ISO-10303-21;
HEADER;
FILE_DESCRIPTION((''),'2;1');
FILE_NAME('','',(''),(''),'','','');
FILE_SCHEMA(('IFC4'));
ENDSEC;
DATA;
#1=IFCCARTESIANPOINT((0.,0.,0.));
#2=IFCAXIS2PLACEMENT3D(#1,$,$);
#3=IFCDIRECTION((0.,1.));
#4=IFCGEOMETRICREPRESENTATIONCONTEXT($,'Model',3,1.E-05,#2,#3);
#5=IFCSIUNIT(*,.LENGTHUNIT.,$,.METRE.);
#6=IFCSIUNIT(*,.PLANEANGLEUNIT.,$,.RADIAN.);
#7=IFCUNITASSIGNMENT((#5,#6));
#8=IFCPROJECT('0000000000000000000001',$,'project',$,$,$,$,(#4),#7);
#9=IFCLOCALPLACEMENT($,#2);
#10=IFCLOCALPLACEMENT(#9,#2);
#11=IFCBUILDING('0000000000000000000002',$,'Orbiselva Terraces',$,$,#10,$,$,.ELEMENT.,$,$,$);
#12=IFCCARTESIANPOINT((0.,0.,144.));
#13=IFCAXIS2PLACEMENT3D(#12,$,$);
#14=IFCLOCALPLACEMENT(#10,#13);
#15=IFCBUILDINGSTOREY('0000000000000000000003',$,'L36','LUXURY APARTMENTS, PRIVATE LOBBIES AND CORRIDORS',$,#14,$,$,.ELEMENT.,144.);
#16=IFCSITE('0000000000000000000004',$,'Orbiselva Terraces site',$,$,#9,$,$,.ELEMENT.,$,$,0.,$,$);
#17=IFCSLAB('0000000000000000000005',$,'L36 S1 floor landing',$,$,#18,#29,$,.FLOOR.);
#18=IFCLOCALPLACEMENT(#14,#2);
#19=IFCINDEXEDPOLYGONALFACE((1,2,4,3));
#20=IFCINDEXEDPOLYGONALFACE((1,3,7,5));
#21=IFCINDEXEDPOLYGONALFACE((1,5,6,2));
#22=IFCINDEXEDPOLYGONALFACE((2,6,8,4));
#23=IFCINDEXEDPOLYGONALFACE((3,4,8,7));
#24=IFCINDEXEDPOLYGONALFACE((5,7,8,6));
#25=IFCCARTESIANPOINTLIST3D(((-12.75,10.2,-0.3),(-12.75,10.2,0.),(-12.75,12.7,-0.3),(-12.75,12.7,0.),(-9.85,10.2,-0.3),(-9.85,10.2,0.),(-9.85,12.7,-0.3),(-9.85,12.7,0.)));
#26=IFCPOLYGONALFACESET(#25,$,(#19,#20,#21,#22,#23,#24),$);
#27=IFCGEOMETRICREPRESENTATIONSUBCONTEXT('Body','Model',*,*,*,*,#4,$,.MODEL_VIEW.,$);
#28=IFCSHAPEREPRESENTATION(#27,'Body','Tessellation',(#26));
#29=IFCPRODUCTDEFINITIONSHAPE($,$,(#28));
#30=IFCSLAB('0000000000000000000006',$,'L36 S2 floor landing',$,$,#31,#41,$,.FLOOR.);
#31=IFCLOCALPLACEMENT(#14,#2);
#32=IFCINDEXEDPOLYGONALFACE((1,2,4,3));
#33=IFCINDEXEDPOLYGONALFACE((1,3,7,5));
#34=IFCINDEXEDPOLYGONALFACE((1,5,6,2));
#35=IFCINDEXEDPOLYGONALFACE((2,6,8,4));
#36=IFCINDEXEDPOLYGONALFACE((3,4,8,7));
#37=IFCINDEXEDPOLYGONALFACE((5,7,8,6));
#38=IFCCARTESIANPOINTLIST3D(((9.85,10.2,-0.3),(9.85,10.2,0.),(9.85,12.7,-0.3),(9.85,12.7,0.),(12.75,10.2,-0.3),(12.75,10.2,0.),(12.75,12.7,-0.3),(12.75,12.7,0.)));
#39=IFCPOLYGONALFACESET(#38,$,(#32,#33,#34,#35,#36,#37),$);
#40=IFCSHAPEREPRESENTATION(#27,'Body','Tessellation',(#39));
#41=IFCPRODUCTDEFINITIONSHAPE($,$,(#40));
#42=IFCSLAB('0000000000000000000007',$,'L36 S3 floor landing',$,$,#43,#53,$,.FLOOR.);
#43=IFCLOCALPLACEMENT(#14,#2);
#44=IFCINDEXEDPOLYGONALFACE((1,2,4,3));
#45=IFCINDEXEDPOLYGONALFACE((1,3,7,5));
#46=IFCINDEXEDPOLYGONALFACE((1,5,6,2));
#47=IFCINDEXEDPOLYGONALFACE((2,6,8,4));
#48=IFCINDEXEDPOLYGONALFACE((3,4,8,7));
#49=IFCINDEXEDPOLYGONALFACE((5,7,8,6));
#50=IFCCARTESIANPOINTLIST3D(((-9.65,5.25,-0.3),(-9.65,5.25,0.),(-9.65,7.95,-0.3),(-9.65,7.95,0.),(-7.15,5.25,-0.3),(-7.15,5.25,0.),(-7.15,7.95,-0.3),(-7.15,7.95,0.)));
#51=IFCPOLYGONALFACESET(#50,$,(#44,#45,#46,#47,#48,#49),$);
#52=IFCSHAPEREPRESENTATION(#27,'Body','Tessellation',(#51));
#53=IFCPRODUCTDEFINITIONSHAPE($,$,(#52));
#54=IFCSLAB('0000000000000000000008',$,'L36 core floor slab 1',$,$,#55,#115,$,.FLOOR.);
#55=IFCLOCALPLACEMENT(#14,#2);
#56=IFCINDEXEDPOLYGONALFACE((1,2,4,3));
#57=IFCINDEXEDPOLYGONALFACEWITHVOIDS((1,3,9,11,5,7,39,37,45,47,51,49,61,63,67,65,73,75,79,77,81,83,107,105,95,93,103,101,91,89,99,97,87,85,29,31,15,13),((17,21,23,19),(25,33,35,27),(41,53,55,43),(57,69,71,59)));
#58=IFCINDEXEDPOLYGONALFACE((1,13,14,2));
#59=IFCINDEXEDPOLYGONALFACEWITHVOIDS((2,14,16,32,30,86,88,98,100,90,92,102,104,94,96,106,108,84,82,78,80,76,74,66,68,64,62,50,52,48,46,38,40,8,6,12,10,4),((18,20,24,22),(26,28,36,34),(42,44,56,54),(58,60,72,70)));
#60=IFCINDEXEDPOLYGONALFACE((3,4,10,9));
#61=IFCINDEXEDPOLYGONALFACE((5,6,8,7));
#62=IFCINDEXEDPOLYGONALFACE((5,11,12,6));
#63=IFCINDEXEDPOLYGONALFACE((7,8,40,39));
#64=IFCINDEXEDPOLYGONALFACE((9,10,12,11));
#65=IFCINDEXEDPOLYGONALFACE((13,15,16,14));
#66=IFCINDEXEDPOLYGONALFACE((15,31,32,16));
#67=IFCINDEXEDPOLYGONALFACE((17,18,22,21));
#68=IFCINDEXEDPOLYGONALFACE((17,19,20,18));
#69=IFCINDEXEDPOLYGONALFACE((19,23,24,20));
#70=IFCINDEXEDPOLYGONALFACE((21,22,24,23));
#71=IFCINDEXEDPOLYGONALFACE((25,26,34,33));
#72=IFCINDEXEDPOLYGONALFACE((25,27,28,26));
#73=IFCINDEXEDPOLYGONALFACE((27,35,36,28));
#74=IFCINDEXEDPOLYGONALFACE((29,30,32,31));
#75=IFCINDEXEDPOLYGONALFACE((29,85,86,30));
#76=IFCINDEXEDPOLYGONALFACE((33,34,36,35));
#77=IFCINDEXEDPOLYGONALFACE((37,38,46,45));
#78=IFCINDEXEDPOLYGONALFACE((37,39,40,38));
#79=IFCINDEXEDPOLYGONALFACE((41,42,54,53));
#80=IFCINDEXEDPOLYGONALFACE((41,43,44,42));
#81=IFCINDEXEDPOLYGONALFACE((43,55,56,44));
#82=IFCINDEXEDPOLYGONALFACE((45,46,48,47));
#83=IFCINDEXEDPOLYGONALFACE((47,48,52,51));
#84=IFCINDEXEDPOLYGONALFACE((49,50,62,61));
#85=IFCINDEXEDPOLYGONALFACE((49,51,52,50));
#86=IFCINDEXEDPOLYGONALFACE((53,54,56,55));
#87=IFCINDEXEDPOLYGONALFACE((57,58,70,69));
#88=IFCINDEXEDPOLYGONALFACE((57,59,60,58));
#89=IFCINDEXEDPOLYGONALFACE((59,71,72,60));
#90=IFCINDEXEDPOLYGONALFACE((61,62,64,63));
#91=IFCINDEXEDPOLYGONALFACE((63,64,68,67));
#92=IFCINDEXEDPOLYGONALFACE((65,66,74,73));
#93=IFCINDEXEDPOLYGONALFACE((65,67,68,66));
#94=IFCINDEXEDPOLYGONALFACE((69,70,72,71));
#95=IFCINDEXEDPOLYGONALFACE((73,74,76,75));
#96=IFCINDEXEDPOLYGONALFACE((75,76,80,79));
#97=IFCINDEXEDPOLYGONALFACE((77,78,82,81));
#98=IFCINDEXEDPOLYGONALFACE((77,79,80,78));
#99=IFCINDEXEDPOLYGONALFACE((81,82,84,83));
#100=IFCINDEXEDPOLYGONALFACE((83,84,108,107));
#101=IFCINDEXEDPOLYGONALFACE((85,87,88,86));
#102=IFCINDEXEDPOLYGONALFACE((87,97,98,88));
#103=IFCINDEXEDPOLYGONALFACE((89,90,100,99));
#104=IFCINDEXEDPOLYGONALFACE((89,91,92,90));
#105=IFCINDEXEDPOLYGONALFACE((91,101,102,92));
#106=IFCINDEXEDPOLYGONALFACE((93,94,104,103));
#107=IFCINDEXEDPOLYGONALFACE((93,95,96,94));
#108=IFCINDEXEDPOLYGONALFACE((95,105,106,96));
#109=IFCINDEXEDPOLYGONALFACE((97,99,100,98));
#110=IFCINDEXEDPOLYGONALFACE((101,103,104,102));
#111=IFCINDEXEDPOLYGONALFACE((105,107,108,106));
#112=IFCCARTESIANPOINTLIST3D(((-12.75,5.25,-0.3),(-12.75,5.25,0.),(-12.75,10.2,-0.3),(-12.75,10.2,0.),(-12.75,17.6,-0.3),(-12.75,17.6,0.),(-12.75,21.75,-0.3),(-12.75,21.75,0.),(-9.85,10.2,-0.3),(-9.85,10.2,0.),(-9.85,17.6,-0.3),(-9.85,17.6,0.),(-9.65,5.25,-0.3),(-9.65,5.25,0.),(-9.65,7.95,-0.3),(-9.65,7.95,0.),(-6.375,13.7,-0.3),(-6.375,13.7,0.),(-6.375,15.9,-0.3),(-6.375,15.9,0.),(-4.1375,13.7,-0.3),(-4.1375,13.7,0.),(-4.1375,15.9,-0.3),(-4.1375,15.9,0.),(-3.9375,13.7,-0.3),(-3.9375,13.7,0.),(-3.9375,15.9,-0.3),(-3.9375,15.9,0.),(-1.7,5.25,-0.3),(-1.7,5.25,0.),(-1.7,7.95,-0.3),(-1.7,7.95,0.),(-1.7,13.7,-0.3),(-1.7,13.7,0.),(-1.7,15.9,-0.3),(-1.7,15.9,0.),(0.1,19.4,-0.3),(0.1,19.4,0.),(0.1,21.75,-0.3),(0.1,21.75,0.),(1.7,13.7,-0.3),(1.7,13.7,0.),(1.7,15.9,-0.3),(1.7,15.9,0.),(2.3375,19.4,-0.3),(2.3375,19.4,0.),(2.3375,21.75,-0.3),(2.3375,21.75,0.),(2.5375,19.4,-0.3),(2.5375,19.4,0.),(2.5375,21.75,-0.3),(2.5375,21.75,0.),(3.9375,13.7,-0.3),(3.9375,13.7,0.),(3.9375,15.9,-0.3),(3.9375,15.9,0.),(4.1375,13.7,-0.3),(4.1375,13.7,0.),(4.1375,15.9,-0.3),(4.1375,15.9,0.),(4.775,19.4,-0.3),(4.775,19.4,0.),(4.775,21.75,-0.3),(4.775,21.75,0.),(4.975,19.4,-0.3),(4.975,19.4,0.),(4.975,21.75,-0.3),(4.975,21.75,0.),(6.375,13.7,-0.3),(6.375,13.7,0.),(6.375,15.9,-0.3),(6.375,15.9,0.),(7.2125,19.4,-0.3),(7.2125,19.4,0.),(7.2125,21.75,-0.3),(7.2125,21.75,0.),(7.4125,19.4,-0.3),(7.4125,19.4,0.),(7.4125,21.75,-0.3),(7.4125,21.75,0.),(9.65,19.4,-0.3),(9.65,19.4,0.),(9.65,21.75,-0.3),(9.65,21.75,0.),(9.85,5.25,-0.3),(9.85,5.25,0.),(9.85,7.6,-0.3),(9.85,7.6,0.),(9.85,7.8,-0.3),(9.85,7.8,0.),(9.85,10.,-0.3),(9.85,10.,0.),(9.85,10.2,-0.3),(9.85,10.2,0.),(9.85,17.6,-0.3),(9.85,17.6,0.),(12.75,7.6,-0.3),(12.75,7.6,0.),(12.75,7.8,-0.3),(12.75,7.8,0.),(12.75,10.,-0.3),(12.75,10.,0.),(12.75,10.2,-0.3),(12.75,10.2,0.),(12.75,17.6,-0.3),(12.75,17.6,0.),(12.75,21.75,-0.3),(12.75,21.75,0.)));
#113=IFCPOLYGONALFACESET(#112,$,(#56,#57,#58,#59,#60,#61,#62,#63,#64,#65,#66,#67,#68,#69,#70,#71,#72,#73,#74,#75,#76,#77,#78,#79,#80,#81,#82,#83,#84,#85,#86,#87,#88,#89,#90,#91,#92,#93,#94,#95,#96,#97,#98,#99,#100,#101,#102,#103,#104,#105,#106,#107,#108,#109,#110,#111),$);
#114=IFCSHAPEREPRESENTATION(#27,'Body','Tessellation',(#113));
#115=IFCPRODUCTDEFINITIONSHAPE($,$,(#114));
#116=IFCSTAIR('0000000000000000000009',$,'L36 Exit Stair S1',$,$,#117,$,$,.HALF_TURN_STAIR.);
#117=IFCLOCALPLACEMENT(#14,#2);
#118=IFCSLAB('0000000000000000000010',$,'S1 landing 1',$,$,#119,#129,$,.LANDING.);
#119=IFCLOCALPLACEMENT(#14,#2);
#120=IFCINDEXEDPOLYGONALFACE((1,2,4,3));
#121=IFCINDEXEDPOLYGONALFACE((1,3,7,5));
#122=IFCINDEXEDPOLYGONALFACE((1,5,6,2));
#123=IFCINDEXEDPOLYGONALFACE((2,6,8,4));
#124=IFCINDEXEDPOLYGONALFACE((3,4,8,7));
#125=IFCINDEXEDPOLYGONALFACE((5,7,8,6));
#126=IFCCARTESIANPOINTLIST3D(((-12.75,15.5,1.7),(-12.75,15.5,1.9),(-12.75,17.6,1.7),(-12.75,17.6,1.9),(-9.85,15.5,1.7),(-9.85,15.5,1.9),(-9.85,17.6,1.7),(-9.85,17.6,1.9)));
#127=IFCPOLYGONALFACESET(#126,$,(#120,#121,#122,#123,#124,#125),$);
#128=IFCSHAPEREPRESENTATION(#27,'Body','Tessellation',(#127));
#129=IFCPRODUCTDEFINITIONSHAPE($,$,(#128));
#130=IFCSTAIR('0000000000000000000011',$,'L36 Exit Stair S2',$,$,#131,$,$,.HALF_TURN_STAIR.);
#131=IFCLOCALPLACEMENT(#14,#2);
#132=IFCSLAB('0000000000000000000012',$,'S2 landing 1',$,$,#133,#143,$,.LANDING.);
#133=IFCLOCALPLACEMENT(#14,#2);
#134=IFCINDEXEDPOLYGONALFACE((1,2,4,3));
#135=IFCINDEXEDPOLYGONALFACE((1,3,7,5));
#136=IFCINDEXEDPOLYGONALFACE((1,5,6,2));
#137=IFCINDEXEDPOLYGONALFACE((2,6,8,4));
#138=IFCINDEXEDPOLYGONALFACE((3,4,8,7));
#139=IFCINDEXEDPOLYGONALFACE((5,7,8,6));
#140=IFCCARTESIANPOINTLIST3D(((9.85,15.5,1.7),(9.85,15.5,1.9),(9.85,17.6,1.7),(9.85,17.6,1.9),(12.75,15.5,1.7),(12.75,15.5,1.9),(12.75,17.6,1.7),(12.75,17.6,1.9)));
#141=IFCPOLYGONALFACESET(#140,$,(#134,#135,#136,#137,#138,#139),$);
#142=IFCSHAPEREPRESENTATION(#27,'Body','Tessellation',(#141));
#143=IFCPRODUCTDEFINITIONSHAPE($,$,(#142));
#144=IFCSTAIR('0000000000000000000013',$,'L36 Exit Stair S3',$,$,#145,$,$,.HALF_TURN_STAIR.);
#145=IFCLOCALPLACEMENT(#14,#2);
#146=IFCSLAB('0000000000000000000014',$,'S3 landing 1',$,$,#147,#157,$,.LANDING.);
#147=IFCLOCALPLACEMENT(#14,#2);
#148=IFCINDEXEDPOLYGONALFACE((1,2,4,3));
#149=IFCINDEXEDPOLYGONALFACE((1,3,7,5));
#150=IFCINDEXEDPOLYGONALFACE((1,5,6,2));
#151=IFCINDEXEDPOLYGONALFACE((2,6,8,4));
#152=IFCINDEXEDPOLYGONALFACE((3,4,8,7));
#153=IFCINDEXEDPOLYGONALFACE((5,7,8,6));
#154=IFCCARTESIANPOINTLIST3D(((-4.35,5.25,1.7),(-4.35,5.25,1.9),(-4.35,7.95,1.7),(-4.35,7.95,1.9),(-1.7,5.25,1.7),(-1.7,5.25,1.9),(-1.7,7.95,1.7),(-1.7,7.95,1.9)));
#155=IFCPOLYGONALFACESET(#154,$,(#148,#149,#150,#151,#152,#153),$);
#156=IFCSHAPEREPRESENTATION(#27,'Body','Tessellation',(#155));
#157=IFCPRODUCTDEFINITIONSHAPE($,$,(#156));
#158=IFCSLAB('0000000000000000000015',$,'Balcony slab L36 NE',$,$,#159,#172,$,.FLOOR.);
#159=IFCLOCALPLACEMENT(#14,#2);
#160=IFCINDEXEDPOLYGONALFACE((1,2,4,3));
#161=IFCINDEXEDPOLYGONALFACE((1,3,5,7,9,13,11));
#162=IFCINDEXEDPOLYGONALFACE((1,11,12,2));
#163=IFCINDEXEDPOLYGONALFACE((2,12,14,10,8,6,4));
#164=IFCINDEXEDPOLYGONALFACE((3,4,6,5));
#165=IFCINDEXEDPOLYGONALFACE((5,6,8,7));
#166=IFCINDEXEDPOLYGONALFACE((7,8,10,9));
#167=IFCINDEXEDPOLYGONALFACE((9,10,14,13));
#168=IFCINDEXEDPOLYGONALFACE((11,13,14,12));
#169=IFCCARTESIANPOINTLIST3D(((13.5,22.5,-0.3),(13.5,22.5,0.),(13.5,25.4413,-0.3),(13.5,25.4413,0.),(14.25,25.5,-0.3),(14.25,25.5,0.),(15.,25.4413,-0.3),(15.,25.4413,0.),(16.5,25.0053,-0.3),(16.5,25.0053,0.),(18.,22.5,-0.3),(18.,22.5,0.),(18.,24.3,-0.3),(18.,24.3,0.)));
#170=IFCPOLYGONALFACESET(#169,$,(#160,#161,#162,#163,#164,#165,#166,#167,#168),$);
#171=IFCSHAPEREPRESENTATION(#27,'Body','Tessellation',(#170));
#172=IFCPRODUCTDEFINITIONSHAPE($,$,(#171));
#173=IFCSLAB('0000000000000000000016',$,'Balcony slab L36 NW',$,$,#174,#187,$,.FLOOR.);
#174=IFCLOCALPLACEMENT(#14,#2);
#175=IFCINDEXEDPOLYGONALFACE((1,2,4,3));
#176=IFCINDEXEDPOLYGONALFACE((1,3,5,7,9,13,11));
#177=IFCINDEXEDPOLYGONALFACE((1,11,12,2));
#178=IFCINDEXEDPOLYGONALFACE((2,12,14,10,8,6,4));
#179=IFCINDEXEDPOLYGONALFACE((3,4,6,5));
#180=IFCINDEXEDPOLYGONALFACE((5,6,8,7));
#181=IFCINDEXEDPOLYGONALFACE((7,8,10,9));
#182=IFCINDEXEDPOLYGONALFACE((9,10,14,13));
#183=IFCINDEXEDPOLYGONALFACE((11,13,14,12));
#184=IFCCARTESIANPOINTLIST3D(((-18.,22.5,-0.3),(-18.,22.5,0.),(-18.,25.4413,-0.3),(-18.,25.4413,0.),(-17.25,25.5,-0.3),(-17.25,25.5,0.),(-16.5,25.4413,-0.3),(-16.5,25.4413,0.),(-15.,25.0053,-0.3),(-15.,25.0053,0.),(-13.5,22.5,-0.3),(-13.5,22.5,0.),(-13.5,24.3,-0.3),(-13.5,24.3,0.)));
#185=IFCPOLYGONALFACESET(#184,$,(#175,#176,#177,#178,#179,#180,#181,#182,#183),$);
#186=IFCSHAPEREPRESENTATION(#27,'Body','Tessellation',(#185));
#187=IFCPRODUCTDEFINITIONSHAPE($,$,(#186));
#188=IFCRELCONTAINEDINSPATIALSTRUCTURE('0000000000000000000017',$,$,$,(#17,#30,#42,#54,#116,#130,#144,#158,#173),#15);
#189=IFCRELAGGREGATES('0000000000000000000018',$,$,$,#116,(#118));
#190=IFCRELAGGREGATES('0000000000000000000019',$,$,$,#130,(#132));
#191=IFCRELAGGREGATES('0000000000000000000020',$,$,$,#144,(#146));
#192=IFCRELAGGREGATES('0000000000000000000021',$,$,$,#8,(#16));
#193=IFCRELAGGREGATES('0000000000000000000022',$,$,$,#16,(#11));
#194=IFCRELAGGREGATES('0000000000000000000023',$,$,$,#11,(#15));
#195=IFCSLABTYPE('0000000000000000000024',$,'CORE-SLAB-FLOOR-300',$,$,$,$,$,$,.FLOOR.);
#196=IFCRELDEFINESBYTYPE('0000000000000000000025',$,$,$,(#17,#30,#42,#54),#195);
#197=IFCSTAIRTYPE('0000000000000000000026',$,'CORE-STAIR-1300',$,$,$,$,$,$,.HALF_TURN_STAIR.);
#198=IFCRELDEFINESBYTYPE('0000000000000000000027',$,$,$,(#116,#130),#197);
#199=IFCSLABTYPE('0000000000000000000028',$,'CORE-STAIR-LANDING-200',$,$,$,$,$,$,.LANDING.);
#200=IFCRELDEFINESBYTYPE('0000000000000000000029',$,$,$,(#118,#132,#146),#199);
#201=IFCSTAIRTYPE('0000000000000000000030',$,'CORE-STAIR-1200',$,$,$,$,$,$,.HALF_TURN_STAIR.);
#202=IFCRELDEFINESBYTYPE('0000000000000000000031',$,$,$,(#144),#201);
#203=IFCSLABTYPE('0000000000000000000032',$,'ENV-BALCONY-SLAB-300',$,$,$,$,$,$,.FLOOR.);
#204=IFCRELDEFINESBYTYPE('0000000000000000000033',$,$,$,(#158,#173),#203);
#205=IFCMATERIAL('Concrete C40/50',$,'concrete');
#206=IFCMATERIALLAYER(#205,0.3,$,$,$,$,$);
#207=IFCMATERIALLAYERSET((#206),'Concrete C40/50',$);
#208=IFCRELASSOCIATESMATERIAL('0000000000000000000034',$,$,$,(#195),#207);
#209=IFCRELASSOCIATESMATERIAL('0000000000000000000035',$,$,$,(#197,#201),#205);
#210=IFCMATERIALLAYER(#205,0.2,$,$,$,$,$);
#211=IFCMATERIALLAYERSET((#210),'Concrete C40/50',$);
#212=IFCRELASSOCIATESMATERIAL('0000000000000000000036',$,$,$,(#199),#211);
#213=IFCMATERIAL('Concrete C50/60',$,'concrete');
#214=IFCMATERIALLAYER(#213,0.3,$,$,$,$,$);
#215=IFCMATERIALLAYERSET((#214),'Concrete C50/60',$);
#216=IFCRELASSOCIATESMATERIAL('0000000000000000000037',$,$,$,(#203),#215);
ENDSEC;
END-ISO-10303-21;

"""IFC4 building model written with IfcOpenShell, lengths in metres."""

from ifc_helpers import new_model, si_unit, direction, frame, origin, place, context, subcontext, project, spatial, polyline, outline, extrude, material, layer, layer_set, type_object, element, aggregate, save


model = new_model("IFC4")

# Units and contexts
model_context = context("Model", 3, precision=1e-05, world=origin(), true_north=direction((0.0, 1.0)))
body_context = subcontext(model_context, "Body", "Model", "MODEL_VIEW")
ifc_project = project(units=[si_unit("LENGTHUNIT", "METRE"), si_unit("PLANEANGLEUNIT", "RADIAN")], contexts=[model_context])

# Site, building, storey
site_placement = place(None, origin())
site = spatial("IfcSite", under=ifc_project, at=site_placement, Name="Orbiselva Terraces site", CompositionType="ELEMENT", RefElevation=0.0)
building_placement = place(site_placement, origin())
building = spatial("IfcBuilding", under=site, at=building_placement, Name="Orbiselva Terraces", CompositionType="ELEMENT")
storey_placement = place(building_placement, frame((0.0, 0.0, 144.0)))
storey = spatial("IfcBuildingStorey", under=building, at=storey_placement, Name="L36", Description="LUXURY APARTMENTS, PRIVATE LOBBIES AND CORRIDORS", CompositionType="ELEMENT", Elevation=144.0)

# Slabs
ifc_material_1 = material(Name="Concrete C40/50", Category="concrete")
ifc_layer_1 = layer(ifc_material_1, 0.3)
ifc_layer_set_1 = layer_set([ifc_layer_1], Name="Concrete C40/50")
slab_type_1 = type_object("IfcSlabType", Name="CORE-SLAB-FLOOR-300", PredefinedType="FLOOR", material=ifc_layer_set_1)
slab_1_placement = place(storey_placement, frame((0.0, 0.0, -0.3)))
element("IfcSlab", 1, at=slab_1_placement, inside=storey, type_object=slab_type_1, Name="L36 S1 floor landing", PredefinedType="FLOOR", context=body_context, shape_type="SweptSolid", body=[
    extrude(outline(polyline([(-12.75, 12.7), (-9.85, 12.7), (-9.85, 10.2), (-12.75, 10.2), (-12.75, 12.7)])), origin(), (0.0, 0.0, 1.0), 0.3),
])
slab_2_placement = place(storey_placement, frame((0.0, 0.0, -0.3)))
element("IfcSlab", 2, at=slab_2_placement, inside=storey, type_object=slab_type_1, Name="L36 S2 floor landing", PredefinedType="FLOOR", context=body_context, shape_type="SweptSolid", body=[
    extrude(outline(polyline([(12.75, 12.7), (12.75, 10.2), (9.85, 10.2), (9.85, 12.7), (12.75, 12.7)])), origin(), (0.0, 0.0, 1.0), 0.3),
])
slab_3_placement = place(storey_placement, frame((0.0, 0.0, -0.3)))
element("IfcSlab", 3, at=slab_3_placement, inside=storey, type_object=slab_type_1, Name="L36 S3 floor landing", PredefinedType="FLOOR", context=body_context, shape_type="SweptSolid", body=[
    extrude(outline(polyline([(-7.15, 5.25), (-9.65, 5.25), (-9.65, 7.95), (-7.15, 7.95), (-7.15, 5.25)])), origin(), (0.0, 0.0, 1.0), 0.3),
])
slab_4_placement = place(storey_placement, frame((0.0, 0.0, -0.3)))
element("IfcSlab", 4, at=slab_4_placement, inside=storey, type_object=slab_type_1, Name="L36 core floor slab 1", PredefinedType="FLOOR", context=body_context, shape_type="SweptSolid", body=[
    extrude(outline(polyline([(-1.7, 5.25), (-1.7, 7.95), (-9.65, 7.95), (-9.65, 5.25), (-12.75, 5.25), (-12.75, 10.2), (-9.85, 10.2), (-9.85, 17.6), (-12.75, 17.6), (-12.75, 21.75), (0.1, 21.75), (0.1, 19.4), (2.3375, 19.4), (2.3375, 21.75), (2.5375, 21.75), (2.5375, 19.4), (4.775, 19.4), (4.775, 21.75), (4.975, 21.75), (4.975, 19.4), (7.2125, 19.4), (7.2125, 21.75), (7.4125, 21.75), (7.4125, 19.4), (9.65, 19.4), (9.65, 21.75), (12.75, 21.75), (12.75, 17.6), (9.85, 17.6), (9.85, 10.2), (12.75, 10.2), (12.75, 10.0), (9.85, 10.0), (9.85, 7.8), (12.75, 7.8), (12.75, 7.6), (9.85, 7.6), (9.85, 5.25), (-1.7, 5.25)]), holes=[polyline([(-4.1375, 13.7), (-4.1375, 15.9), (-6.375, 15.9), (-6.375, 13.7), (-4.1375, 13.7)]), polyline([(-1.7, 13.7), (-1.7, 15.9), (-3.9375, 15.9), (-3.9375, 13.7), (-1.7, 13.7)]), polyline([(3.9375, 15.9), (1.7, 15.9), (1.7, 13.7), (3.9375, 13.7), (3.9375, 15.9)]), polyline([(6.375, 13.7), (6.375, 15.9), (4.1375, 15.9), (4.1375, 13.7), (6.375, 13.7)])]), origin(), (0.0, 0.0, 1.0), 0.3),
])

# Stairs, slabs
stair_type_1 = type_object("IfcStairType", Name="CORE-STAIR-1300", PredefinedType="HALF_TURN_STAIR", material=ifc_material_1)
stair_1_placement = place(storey_placement, origin())
stair_1 = element("IfcStair", 5, at=stair_1_placement, inside=storey, type_object=stair_type_1, Name="L36 Exit Stair S1", PredefinedType="HALF_TURN_STAIR")
ifc_layer_2 = layer(ifc_material_1, 0.2)
ifc_layer_set_2 = layer_set([ifc_layer_2], Name="Concrete C40/50")
slab_type_2 = type_object("IfcSlabType", Name="CORE-STAIR-LANDING-200", PredefinedType="LANDING", material=ifc_layer_set_2)
slab_5_placement = place(storey_placement, frame((0.0, 0.0, 1.7)))
slab_5 = element("IfcSlab", 6, at=slab_5_placement, type_object=slab_type_2, Name="S1 landing 1", PredefinedType="LANDING", context=body_context, shape_type="SweptSolid", body=[
    extrude(outline(polyline([(-9.85, 15.5), (-9.85, 17.6), (-12.75, 17.6), (-12.75, 15.5), (-9.85, 15.5)])), origin(), (0.0, 0.0, 1.0), 0.2),
])
aggregate(stair_1, [slab_5])
stair_2_placement = place(storey_placement, origin())
stair_2 = element("IfcStair", 7, at=stair_2_placement, inside=storey, type_object=stair_type_1, Name="L36 Exit Stair S2", PredefinedType="HALF_TURN_STAIR")
slab_6_placement = place(storey_placement, frame((0.0, 0.0, 1.7)))
slab_6 = element("IfcSlab", 8, at=slab_6_placement, type_object=slab_type_2, Name="S2 landing 1", PredefinedType="LANDING", context=body_context, shape_type="SweptSolid", body=[
    extrude(outline(polyline([(12.75, 15.5), (12.75, 17.6), (9.85, 17.6), (9.85, 15.5), (12.75, 15.5)])), origin(), (0.0, 0.0, 1.0), 0.2),
])
aggregate(stair_2, [slab_6])
stair_type_2 = type_object("IfcStairType", Name="CORE-STAIR-1200", PredefinedType="HALF_TURN_STAIR", material=ifc_material_1)
stair_3_placement = place(storey_placement, origin())
stair_3 = element("IfcStair", 9, at=stair_3_placement, inside=storey, type_object=stair_type_2, Name="L36 Exit Stair S3", PredefinedType="HALF_TURN_STAIR")
slab_7_placement = place(storey_placement, frame((0.0, 0.0, 1.7)))
slab_7 = element("IfcSlab", 10, at=slab_7_placement, type_object=slab_type_2, Name="S3 landing 1", PredefinedType="LANDING", context=body_context, shape_type="SweptSolid", body=[
    extrude(outline(polyline([(-4.35, 5.25), (-1.7, 5.25), (-1.7, 7.95), (-4.35, 7.95), (-4.35, 5.25)])), origin(), (0.0, 0.0, 1.0), 0.2),
])
aggregate(stair_3, [slab_7])

# Slabs
ifc_material_2 = material(Name="Concrete C50/60", Category="concrete")
ifc_layer_3 = layer(ifc_material_2, 0.3)
ifc_layer_set_3 = layer_set([ifc_layer_3], Name="Concrete C50/60")
slab_type_3 = type_object("IfcSlabType", Name="ENV-BALCONY-SLAB-300", PredefinedType="FLOOR", material=ifc_layer_set_3)
slab_8_placement = place(storey_placement, frame((0.0, 0.0, -0.3)))
element("IfcSlab", 11, at=slab_8_placement, inside=storey, type_object=slab_type_3, Name="Balcony slab L36 NE", PredefinedType="FLOOR", context=body_context, shape_type="SweptSolid", body=[
    extrude(outline(polyline([(18.0, 24.3), (16.5, 25.0053), (15.0, 25.4413), (14.25, 25.5), (13.5, 25.4413), (13.5, 22.5), (18.0, 22.5), (18.0, 24.3)])), origin(), (0.0, 0.0, 1.0), 0.3),
])
slab_9_placement = place(storey_placement, frame((0.0, 0.0, -0.3)))
element("IfcSlab", 12, at=slab_9_placement, inside=storey, type_object=slab_type_3, Name="Balcony slab L36 NW", PredefinedType="FLOOR", context=body_context, shape_type="SweptSolid", body=[
    extrude(outline(polyline([(-13.5, 24.3), (-15.0, 25.0053), (-16.5, 25.4413), (-17.25, 25.5), (-18.0, 25.4413), (-18.0, 22.5), (-13.5, 22.5), (-13.5, 24.3)])), origin(), (0.0, 0.0, 1.0), 0.3),
])

save(model, "model.ifc")
